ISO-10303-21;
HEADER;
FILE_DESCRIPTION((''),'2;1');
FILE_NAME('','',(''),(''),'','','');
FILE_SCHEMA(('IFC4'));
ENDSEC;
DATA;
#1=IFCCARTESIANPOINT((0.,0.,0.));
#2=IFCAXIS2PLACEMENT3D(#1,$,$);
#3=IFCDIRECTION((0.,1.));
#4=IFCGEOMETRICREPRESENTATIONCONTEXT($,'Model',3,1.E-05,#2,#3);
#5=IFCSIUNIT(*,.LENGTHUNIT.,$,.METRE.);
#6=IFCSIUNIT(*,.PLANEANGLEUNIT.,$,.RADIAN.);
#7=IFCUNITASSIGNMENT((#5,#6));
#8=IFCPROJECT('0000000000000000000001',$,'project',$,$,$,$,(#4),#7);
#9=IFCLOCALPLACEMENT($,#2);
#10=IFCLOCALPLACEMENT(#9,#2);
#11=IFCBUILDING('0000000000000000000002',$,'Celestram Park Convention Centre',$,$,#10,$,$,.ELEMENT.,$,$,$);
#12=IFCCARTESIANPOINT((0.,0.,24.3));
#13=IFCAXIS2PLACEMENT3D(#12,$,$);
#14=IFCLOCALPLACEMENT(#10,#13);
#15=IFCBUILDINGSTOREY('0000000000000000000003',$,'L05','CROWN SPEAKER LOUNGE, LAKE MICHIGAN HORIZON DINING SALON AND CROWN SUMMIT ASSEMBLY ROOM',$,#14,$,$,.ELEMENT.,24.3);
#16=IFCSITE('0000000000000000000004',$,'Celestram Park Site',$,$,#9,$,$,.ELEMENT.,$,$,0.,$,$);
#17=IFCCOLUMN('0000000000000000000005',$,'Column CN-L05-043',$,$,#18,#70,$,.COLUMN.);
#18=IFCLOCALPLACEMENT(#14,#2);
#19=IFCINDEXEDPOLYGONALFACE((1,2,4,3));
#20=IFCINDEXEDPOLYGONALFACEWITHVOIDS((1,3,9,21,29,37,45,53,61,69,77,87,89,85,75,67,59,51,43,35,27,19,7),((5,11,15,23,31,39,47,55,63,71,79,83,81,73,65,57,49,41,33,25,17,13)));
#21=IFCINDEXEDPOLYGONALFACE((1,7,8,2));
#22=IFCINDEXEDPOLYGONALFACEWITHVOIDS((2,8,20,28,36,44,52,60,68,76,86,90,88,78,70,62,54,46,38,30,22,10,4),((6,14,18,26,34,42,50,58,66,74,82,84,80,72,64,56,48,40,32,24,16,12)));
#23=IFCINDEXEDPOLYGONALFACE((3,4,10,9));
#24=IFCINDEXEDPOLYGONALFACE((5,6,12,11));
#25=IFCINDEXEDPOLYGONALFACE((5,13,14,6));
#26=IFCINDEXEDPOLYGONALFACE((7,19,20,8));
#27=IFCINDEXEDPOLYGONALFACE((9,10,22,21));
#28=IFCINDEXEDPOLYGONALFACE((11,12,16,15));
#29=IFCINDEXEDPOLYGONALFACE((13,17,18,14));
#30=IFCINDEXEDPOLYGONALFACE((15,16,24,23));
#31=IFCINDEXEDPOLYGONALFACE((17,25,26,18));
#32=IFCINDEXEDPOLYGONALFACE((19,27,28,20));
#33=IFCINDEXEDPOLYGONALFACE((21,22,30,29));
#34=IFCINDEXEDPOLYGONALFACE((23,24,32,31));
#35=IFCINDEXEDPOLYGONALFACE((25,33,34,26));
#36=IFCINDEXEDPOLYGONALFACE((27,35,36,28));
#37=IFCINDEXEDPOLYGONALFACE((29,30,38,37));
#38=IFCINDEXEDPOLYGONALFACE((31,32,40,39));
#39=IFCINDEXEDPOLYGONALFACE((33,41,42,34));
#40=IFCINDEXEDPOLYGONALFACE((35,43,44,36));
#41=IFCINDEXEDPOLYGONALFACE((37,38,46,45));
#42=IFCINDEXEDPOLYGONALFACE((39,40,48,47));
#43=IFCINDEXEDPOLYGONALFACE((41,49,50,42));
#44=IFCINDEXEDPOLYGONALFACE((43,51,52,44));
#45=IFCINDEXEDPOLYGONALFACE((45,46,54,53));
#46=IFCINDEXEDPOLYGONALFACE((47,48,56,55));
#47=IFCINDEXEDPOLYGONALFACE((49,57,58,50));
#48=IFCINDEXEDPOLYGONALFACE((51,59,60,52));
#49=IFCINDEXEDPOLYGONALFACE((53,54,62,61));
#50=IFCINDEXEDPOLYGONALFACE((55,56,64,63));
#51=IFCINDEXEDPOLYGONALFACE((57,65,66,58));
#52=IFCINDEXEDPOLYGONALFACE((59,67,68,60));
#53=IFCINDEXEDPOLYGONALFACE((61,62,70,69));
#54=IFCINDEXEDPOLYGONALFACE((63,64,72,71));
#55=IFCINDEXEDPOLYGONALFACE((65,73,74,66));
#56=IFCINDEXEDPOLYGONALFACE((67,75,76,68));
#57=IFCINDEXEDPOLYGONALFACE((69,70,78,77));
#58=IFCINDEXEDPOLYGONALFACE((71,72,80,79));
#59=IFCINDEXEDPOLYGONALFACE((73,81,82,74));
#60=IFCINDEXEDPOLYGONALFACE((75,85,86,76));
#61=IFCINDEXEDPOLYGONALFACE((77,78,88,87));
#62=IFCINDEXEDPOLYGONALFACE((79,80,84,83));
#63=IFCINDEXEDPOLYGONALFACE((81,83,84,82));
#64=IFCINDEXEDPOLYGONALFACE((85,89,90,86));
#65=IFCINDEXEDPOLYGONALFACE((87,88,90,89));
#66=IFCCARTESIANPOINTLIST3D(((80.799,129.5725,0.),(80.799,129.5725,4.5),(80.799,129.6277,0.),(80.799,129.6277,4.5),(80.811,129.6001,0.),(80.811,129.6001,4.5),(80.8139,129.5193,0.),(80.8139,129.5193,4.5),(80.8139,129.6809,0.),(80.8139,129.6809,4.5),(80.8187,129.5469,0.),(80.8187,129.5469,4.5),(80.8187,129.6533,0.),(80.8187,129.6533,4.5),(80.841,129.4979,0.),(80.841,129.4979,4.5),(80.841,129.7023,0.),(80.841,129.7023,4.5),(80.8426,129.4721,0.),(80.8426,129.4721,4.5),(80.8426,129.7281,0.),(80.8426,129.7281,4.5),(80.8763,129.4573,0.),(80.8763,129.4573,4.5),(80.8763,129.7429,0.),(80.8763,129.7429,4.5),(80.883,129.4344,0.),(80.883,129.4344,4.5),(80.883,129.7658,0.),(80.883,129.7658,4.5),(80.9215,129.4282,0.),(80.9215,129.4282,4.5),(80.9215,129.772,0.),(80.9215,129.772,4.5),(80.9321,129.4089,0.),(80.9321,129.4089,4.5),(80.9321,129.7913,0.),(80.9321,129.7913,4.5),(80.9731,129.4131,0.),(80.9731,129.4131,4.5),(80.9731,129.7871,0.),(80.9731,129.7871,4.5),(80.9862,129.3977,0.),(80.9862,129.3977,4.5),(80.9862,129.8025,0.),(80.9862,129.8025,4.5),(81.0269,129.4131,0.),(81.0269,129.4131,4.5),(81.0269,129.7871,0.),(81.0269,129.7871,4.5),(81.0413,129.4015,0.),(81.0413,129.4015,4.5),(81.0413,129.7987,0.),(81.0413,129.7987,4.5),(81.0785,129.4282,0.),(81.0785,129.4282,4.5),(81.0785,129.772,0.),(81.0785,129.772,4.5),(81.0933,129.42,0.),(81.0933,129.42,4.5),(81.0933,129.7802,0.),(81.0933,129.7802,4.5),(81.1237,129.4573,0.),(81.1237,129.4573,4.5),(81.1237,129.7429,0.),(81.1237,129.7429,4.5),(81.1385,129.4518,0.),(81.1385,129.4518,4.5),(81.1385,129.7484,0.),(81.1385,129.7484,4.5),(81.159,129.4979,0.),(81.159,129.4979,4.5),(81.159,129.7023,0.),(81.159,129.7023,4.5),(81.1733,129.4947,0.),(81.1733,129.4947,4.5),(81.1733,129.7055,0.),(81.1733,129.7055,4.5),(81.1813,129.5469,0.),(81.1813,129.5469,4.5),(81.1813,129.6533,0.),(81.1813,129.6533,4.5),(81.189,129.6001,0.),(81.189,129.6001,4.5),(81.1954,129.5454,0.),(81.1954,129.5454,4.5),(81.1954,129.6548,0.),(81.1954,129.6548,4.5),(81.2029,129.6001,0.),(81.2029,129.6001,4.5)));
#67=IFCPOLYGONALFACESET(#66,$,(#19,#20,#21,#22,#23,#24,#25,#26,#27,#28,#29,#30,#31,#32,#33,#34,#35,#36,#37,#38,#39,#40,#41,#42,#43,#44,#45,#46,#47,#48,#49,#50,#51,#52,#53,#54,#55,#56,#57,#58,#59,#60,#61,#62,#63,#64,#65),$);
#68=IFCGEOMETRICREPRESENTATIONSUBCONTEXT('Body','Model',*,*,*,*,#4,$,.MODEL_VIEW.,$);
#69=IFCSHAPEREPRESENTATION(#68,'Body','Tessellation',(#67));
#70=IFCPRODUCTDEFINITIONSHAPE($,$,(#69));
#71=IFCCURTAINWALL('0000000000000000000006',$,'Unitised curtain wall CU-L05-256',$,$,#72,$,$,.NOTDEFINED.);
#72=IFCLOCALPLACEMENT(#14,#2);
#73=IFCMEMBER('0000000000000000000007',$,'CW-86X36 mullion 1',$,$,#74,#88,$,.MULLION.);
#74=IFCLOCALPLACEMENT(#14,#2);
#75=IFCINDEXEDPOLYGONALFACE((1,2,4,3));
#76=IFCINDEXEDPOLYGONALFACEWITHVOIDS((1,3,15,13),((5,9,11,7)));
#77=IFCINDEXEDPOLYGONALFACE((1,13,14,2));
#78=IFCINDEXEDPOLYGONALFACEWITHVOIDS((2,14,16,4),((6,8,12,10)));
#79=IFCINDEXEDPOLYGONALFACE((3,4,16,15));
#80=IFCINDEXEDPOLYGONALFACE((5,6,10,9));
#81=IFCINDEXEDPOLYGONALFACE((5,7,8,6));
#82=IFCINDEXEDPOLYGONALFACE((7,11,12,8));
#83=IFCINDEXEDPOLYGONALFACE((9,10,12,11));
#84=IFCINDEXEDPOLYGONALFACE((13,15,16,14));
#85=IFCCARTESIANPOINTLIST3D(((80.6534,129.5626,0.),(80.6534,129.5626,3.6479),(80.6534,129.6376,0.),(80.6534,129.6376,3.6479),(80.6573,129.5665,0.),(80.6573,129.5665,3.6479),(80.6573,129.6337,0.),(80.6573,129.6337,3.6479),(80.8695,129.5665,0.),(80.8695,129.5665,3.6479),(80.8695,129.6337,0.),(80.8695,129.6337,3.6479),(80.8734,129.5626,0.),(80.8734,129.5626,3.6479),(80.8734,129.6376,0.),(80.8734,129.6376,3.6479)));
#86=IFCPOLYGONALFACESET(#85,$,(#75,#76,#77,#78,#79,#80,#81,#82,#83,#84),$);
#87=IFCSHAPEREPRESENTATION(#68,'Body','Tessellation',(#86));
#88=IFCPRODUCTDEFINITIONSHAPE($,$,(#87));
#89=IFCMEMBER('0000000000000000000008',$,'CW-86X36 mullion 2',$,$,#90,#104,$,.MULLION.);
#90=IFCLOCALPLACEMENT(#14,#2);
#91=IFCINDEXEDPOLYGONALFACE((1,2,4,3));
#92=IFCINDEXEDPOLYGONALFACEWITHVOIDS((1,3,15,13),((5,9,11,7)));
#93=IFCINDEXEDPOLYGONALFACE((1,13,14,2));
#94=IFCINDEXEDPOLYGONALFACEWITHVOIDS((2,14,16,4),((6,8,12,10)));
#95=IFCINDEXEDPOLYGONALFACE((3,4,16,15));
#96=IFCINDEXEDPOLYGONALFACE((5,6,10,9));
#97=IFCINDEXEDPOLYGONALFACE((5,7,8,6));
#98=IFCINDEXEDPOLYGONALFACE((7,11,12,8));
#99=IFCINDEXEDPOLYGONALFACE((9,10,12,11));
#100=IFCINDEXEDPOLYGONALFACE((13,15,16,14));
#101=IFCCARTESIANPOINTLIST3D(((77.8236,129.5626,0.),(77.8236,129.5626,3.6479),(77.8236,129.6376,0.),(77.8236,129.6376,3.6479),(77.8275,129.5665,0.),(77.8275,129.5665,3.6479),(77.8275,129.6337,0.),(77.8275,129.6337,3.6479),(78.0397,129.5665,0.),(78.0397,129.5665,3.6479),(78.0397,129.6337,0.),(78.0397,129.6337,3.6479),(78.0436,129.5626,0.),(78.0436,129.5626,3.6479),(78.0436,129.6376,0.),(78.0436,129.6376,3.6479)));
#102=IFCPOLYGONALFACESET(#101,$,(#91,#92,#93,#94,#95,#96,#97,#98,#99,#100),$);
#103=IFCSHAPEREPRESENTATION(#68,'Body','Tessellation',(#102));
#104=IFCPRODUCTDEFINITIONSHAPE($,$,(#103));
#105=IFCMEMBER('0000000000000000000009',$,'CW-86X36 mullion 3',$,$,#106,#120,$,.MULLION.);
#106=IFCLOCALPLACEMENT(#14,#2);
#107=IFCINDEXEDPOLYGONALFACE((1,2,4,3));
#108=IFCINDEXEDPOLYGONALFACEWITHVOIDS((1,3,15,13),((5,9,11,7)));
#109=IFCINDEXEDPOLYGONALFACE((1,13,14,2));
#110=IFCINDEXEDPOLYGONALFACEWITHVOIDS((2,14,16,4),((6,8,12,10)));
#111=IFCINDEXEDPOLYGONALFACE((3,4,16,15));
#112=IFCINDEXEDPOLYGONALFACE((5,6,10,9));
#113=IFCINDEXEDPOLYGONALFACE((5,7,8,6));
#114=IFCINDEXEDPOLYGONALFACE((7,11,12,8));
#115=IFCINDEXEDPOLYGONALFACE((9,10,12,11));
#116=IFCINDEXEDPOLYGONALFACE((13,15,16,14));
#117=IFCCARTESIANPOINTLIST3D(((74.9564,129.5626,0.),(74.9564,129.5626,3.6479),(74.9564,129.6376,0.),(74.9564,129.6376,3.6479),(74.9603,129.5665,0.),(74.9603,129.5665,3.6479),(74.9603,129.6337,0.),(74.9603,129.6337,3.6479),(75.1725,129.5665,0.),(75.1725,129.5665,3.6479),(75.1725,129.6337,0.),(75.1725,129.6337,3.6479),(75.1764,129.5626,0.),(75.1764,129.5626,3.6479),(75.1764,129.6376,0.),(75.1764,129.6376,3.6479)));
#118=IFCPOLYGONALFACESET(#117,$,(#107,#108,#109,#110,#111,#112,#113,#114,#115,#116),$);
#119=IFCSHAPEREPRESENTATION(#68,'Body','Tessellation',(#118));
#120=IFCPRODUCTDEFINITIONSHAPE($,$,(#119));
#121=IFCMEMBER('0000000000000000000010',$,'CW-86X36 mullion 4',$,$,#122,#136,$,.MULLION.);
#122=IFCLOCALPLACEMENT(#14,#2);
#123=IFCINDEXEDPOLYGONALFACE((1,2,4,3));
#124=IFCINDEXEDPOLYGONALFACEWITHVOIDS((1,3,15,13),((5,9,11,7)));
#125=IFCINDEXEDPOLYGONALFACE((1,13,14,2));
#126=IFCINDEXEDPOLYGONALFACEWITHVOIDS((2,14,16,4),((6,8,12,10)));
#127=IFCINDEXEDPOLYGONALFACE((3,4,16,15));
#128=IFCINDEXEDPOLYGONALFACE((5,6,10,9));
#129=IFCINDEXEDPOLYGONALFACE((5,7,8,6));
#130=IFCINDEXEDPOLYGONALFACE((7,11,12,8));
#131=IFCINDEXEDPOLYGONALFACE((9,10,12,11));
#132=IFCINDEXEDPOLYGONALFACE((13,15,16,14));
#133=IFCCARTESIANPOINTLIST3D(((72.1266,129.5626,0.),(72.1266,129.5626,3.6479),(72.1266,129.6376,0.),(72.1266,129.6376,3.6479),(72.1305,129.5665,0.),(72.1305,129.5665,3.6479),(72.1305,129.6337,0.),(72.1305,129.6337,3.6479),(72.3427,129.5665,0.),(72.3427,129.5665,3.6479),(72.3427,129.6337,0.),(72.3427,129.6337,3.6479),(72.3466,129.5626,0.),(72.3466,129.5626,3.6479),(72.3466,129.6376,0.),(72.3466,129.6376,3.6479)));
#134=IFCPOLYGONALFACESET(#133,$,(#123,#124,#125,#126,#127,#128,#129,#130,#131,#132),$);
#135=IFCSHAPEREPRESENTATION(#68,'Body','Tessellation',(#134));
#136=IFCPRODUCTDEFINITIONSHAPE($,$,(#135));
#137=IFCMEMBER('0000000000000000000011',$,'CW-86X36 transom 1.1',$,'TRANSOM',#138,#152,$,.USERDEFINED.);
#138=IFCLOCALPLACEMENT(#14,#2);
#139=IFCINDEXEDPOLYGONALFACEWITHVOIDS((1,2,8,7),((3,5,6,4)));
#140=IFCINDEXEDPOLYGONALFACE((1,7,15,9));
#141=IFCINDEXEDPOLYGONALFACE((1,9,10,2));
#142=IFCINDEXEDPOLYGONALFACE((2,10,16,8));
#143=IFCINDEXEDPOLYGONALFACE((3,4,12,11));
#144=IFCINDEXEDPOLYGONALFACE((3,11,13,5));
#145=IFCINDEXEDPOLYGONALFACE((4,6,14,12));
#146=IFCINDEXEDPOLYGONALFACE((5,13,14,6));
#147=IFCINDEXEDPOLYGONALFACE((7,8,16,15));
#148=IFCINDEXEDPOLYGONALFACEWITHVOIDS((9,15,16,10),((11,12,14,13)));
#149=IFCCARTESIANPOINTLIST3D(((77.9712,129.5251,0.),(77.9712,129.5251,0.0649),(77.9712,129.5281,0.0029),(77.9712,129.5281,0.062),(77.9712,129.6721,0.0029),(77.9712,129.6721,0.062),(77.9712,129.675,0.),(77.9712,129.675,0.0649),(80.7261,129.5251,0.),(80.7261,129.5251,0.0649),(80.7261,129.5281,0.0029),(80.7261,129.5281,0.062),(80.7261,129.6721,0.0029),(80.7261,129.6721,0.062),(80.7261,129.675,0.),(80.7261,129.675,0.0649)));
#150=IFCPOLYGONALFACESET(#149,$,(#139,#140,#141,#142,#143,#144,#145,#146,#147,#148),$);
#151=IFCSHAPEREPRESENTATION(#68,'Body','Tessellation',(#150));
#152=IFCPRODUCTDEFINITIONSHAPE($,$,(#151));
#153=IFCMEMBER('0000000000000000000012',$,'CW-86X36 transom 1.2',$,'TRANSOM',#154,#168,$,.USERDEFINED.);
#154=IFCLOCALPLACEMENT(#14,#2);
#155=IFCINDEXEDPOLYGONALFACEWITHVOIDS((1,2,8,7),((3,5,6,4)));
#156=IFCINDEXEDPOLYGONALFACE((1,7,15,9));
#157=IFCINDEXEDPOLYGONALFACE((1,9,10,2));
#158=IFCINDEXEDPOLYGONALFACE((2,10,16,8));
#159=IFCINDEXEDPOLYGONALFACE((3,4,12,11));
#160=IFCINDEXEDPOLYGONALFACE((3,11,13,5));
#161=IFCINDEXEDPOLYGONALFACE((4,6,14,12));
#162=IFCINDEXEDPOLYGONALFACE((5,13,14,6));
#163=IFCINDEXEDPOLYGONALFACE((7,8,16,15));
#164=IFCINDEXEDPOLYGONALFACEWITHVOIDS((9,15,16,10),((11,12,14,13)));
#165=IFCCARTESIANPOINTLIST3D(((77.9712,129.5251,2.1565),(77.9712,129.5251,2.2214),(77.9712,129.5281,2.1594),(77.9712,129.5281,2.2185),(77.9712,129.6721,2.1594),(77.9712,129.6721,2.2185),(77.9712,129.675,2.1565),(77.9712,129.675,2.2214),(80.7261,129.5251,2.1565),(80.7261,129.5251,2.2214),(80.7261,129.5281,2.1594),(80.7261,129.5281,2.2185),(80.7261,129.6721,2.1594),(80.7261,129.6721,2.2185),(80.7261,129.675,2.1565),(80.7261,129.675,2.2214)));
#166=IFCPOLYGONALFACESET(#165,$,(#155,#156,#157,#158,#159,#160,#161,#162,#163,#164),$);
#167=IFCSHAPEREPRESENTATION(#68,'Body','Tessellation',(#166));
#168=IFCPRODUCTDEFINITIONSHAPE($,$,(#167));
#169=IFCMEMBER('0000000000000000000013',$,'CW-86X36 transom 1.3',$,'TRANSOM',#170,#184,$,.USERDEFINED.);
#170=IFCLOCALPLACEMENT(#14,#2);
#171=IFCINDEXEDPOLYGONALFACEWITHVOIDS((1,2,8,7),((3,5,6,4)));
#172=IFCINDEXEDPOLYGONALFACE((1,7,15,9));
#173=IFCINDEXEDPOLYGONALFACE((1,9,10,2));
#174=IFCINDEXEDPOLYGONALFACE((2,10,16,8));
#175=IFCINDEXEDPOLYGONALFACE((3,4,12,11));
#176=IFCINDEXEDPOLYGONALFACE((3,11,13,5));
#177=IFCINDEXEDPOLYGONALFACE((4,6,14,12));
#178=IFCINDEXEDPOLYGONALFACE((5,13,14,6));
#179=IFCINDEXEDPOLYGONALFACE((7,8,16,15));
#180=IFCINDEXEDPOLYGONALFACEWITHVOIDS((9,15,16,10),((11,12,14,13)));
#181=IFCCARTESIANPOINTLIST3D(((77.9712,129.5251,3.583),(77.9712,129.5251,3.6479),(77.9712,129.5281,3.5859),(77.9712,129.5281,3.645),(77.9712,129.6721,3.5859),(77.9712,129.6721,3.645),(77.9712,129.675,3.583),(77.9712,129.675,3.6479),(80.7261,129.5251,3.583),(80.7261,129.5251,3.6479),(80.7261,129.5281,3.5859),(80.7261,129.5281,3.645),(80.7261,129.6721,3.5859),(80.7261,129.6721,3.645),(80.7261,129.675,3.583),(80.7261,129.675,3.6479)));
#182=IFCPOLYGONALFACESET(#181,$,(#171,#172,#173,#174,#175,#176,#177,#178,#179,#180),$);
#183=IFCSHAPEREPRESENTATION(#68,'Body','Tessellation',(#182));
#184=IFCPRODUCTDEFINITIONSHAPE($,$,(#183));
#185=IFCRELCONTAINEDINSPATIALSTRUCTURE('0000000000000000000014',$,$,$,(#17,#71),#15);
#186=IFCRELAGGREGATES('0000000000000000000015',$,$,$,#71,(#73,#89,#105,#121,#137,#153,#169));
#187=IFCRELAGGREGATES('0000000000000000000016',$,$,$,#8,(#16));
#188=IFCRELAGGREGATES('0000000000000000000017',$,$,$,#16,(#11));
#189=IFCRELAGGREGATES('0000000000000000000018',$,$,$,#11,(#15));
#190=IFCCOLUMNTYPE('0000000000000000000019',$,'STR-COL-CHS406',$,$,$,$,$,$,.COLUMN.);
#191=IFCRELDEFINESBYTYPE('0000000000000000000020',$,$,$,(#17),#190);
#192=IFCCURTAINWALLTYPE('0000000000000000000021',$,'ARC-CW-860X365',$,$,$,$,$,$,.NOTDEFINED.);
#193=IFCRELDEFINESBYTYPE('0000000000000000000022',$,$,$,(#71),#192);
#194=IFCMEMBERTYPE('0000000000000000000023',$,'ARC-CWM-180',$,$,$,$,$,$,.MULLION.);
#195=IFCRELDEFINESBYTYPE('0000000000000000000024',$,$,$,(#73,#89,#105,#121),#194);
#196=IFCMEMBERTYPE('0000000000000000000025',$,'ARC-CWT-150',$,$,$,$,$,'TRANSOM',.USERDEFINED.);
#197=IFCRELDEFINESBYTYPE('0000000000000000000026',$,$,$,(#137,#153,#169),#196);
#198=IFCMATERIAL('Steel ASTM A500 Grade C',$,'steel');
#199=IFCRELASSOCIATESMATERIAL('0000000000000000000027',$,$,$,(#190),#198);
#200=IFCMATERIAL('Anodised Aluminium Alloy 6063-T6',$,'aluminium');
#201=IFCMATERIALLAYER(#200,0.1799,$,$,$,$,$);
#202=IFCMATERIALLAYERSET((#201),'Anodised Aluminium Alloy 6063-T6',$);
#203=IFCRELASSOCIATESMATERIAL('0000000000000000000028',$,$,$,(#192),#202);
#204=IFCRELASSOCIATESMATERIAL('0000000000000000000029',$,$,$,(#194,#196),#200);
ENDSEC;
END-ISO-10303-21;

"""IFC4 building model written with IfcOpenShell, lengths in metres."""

from ifc_helpers import new_model, si_unit, direction, frame, origin, origin_2d, place, context, subcontext, project, spatial, hollow_rectangle, hollow_circle, extrude, material, layer, layer_set, material_profile, profile_set, type_object, element, aggregate, save


model = new_model("IFC4")

# Units and contexts
model_context = context("Model", 3, precision=1e-05, world=origin(), true_north=direction((0.0, 1.0)))
body_context = subcontext(model_context, "Body", "Model", "MODEL_VIEW")
ifc_project = project(units=[si_unit("LENGTHUNIT", "METRE"), si_unit("PLANEANGLEUNIT", "RADIAN")], contexts=[model_context])

# Site, building, storey
site_placement = place(None, origin())
site = spatial("IfcSite", under=ifc_project, at=site_placement, Name="Celestram Park Site", CompositionType="ELEMENT", RefElevation=0.0)
building_placement = place(site_placement, origin())
building = spatial("IfcBuilding", under=site, at=building_placement, Name="Celestram Park Convention Centre", CompositionType="ELEMENT")
storey_placement = place(building_placement, frame((0.0, 0.0, 24.3)))
storey = spatial("IfcBuildingStorey", under=building, at=storey_placement, Name="L05", Description="CROWN SPEAKER LOUNGE, LAKE MICHIGAN HORIZON DINING SALON AND CROWN SUMMIT ASSEMBLY ROOM", CompositionType="ELEMENT", Elevation=24.3)

# Column
ifc_material_1 = material(Name="Steel ASTM A500 Grade C", Category="steel")
ifc_material_profile_1 = material_profile(ifc_material_1, hollow_circle(Radius=0.2029, WallThickness=0.0139, at=origin_2d()), Name="CHS406X14")
ifc_profile_set_1 = profile_set([ifc_material_profile_1], Name="Steel ASTM A500 Grade C")
column_type = type_object("IfcColumnType", Name="STR-COL-CHS406", PredefinedType="COLUMN", material=ifc_profile_set_1)
column_placement = place(storey_placement, frame((81.0, 129.6001, 0.0), z_axis=(0.0, 0.0, 1.0), x_axis=(1.0, 0.0, 0.0)))
element("IfcColumn", 1, at=column_placement, inside=storey, type_object=column_type, Name="Column CN-L05-043", PredefinedType="COLUMN", context=body_context, shape_type="SweptSolid", body=[
    extrude(hollow_circle(Radius=0.2029, WallThickness=0.0139, at=origin_2d()), origin(), (0.0, 0.0, 1.0), 4.5),
])

# Curtain wall, members
ifc_material_2 = material(Name="Anodised Aluminium Alloy 6063-T6", Category="aluminium")
ifc_layer_1 = layer(ifc_material_2, 0.1799)
ifc_layer_set_1 = layer_set([ifc_layer_1], Name="Anodised Aluminium Alloy 6063-T6")
curtain_wall_type = type_object("IfcCurtainWallType", Name="ARC-CW-860X365", PredefinedType="NOTDEFINED", material=ifc_layer_set_1)
curtain_wall_placement = place(storey_placement, origin())
curtain_wall = element("IfcCurtainWall", 2, at=curtain_wall_placement, inside=storey, type_object=curtain_wall_type, Name="Unitised curtain wall CU-L05-256", PredefinedType="NOTDEFINED")
ifc_material_profile_2 = material_profile(ifc_material_2, hollow_rectangle(XDim=0.075, YDim=0.22, WallThickness=0.0039, at=origin_2d()), Name="ALU75X220X4")
ifc_profile_set_2 = profile_set([ifc_material_profile_2], Name="Anodised Aluminium Alloy 6063-T6")
member_type_1 = type_object("IfcMemberType", Name="ARC-CWM-180", PredefinedType="MULLION", material=ifc_profile_set_2)
member_1_placement = place(storey_placement, frame((80.7634, 129.6001, 0.0), z_axis=(0.0, 0.0, 1.0), x_axis=(0.0, -1.0, 0.0)))
member_1 = element("IfcMember", 3, at=member_1_placement, type_object=member_type_1, Name="CW-86X36 mullion 1", PredefinedType="MULLION", context=body_context, shape_type="SweptSolid", body=[
    extrude(hollow_rectangle(XDim=0.075, YDim=0.22, WallThickness=0.0039, at=origin_2d()), origin(), (0.0, 0.0, 1.0), 3.6479),
])
member_2_placement = place(storey_placement, frame((77.9336, 129.6001, 0.0), z_axis=(0.0, 0.0, 1.0), x_axis=(0.0, -1.0, 0.0)))
member_2 = element("IfcMember", 4, at=member_2_placement, type_object=member_type_1, Name="CW-86X36 mullion 2", PredefinedType="MULLION", context=body_context, shape_type="SweptSolid", body=[
    extrude(hollow_rectangle(XDim=0.075, YDim=0.22, WallThickness=0.0039, at=origin_2d()), origin(), (0.0, 0.0, 1.0), 3.6479),
])
member_3_placement = place(storey_placement, frame((75.0664, 129.6001, 0.0), z_axis=(0.0, 0.0, 1.0), x_axis=(0.0, -1.0, 0.0)))
member_3 = element("IfcMember", 5, at=member_3_placement, type_object=member_type_1, Name="CW-86X36 mullion 3", PredefinedType="MULLION", context=body_context, shape_type="SweptSolid", body=[
    extrude(hollow_rectangle(XDim=0.075, YDim=0.22, WallThickness=0.0039, at=origin_2d()), origin(), (0.0, 0.0, 1.0), 3.6479),
])
member_4_placement = place(storey_placement, frame((72.2366, 129.6001, 0.0), z_axis=(0.0, 0.0, 1.0), x_axis=(0.0, -1.0, 0.0)))
member_4 = element("IfcMember", 6, at=member_4_placement, type_object=member_type_1, Name="CW-86X36 mullion 4", PredefinedType="MULLION", context=body_context, shape_type="SweptSolid", body=[
    extrude(hollow_rectangle(XDim=0.075, YDim=0.22, WallThickness=0.0039, at=origin_2d()), origin(), (0.0, 0.0, 1.0), 3.6479),
])
ifc_material_profile_3 = material_profile(ifc_material_2, hollow_rectangle(XDim=0.1499, YDim=0.0649, WallThickness=0.0029, at=origin_2d()), Name="ALU150X65X3")
ifc_profile_set_3 = profile_set([ifc_material_profile_3], Name="Anodised Aluminium Alloy 6063-T6")
member_type_2 = type_object("IfcMemberType", Name="ARC-CWT-150", ElementType="TRANSOM", PredefinedType="USERDEFINED", material=ifc_profile_set_3)
member_5_placement = place(storey_placement, frame((80.7261, 129.6001, 0.0325), z_axis=(-1.0, 0.0, 0.0), x_axis=(0.0, -1.0, 0.0)))
member_5 = element("IfcMember", 7, at=member_5_placement, type_object=member_type_2, Name="CW-86X36 transom 1.1", ObjectType="TRANSOM", PredefinedType="USERDEFINED", context=body_context, shape_type="SweptSolid", body=[
    extrude(hollow_rectangle(XDim=0.1499, YDim=0.0649, WallThickness=0.0029, at=origin_2d()), origin(), (0.0, 0.0, 1.0), 2.7549),
])
member_6_placement = place(storey_placement, frame((80.7261, 129.6001, 2.189), z_axis=(-1.0, 0.0, 0.0), x_axis=(0.0, -1.0, 0.0)))
member_6 = element("IfcMember", 8, at=member_6_placement, type_object=member_type_2, Name="CW-86X36 transom 1.2", ObjectType="TRANSOM", PredefinedType="USERDEFINED", context=body_context, shape_type="SweptSolid", body=[
    extrude(hollow_rectangle(XDim=0.1499, YDim=0.0649, WallThickness=0.0029, at=origin_2d()), origin(), (0.0, 0.0, 1.0), 2.7549),
])
member_7_placement = place(storey_placement, frame((80.7261, 129.6001, 3.6155), z_axis=(-1.0, 0.0, 0.0), x_axis=(0.0, -1.0, 0.0)))
member_7 = element("IfcMember", 9, at=member_7_placement, type_object=member_type_2, Name="CW-86X36 transom 1.3", ObjectType="TRANSOM", PredefinedType="USERDEFINED", context=body_context, shape_type="SweptSolid", body=[
    extrude(hollow_rectangle(XDim=0.1499, YDim=0.0649, WallThickness=0.0029, at=origin_2d()), origin(), (0.0, 0.0, 1.0), 2.7549),
])

aggregate(curtain_wall, [member_1, member_2, member_3, member_4, member_5, member_6, member_7])

save(model, "model.ifc")
